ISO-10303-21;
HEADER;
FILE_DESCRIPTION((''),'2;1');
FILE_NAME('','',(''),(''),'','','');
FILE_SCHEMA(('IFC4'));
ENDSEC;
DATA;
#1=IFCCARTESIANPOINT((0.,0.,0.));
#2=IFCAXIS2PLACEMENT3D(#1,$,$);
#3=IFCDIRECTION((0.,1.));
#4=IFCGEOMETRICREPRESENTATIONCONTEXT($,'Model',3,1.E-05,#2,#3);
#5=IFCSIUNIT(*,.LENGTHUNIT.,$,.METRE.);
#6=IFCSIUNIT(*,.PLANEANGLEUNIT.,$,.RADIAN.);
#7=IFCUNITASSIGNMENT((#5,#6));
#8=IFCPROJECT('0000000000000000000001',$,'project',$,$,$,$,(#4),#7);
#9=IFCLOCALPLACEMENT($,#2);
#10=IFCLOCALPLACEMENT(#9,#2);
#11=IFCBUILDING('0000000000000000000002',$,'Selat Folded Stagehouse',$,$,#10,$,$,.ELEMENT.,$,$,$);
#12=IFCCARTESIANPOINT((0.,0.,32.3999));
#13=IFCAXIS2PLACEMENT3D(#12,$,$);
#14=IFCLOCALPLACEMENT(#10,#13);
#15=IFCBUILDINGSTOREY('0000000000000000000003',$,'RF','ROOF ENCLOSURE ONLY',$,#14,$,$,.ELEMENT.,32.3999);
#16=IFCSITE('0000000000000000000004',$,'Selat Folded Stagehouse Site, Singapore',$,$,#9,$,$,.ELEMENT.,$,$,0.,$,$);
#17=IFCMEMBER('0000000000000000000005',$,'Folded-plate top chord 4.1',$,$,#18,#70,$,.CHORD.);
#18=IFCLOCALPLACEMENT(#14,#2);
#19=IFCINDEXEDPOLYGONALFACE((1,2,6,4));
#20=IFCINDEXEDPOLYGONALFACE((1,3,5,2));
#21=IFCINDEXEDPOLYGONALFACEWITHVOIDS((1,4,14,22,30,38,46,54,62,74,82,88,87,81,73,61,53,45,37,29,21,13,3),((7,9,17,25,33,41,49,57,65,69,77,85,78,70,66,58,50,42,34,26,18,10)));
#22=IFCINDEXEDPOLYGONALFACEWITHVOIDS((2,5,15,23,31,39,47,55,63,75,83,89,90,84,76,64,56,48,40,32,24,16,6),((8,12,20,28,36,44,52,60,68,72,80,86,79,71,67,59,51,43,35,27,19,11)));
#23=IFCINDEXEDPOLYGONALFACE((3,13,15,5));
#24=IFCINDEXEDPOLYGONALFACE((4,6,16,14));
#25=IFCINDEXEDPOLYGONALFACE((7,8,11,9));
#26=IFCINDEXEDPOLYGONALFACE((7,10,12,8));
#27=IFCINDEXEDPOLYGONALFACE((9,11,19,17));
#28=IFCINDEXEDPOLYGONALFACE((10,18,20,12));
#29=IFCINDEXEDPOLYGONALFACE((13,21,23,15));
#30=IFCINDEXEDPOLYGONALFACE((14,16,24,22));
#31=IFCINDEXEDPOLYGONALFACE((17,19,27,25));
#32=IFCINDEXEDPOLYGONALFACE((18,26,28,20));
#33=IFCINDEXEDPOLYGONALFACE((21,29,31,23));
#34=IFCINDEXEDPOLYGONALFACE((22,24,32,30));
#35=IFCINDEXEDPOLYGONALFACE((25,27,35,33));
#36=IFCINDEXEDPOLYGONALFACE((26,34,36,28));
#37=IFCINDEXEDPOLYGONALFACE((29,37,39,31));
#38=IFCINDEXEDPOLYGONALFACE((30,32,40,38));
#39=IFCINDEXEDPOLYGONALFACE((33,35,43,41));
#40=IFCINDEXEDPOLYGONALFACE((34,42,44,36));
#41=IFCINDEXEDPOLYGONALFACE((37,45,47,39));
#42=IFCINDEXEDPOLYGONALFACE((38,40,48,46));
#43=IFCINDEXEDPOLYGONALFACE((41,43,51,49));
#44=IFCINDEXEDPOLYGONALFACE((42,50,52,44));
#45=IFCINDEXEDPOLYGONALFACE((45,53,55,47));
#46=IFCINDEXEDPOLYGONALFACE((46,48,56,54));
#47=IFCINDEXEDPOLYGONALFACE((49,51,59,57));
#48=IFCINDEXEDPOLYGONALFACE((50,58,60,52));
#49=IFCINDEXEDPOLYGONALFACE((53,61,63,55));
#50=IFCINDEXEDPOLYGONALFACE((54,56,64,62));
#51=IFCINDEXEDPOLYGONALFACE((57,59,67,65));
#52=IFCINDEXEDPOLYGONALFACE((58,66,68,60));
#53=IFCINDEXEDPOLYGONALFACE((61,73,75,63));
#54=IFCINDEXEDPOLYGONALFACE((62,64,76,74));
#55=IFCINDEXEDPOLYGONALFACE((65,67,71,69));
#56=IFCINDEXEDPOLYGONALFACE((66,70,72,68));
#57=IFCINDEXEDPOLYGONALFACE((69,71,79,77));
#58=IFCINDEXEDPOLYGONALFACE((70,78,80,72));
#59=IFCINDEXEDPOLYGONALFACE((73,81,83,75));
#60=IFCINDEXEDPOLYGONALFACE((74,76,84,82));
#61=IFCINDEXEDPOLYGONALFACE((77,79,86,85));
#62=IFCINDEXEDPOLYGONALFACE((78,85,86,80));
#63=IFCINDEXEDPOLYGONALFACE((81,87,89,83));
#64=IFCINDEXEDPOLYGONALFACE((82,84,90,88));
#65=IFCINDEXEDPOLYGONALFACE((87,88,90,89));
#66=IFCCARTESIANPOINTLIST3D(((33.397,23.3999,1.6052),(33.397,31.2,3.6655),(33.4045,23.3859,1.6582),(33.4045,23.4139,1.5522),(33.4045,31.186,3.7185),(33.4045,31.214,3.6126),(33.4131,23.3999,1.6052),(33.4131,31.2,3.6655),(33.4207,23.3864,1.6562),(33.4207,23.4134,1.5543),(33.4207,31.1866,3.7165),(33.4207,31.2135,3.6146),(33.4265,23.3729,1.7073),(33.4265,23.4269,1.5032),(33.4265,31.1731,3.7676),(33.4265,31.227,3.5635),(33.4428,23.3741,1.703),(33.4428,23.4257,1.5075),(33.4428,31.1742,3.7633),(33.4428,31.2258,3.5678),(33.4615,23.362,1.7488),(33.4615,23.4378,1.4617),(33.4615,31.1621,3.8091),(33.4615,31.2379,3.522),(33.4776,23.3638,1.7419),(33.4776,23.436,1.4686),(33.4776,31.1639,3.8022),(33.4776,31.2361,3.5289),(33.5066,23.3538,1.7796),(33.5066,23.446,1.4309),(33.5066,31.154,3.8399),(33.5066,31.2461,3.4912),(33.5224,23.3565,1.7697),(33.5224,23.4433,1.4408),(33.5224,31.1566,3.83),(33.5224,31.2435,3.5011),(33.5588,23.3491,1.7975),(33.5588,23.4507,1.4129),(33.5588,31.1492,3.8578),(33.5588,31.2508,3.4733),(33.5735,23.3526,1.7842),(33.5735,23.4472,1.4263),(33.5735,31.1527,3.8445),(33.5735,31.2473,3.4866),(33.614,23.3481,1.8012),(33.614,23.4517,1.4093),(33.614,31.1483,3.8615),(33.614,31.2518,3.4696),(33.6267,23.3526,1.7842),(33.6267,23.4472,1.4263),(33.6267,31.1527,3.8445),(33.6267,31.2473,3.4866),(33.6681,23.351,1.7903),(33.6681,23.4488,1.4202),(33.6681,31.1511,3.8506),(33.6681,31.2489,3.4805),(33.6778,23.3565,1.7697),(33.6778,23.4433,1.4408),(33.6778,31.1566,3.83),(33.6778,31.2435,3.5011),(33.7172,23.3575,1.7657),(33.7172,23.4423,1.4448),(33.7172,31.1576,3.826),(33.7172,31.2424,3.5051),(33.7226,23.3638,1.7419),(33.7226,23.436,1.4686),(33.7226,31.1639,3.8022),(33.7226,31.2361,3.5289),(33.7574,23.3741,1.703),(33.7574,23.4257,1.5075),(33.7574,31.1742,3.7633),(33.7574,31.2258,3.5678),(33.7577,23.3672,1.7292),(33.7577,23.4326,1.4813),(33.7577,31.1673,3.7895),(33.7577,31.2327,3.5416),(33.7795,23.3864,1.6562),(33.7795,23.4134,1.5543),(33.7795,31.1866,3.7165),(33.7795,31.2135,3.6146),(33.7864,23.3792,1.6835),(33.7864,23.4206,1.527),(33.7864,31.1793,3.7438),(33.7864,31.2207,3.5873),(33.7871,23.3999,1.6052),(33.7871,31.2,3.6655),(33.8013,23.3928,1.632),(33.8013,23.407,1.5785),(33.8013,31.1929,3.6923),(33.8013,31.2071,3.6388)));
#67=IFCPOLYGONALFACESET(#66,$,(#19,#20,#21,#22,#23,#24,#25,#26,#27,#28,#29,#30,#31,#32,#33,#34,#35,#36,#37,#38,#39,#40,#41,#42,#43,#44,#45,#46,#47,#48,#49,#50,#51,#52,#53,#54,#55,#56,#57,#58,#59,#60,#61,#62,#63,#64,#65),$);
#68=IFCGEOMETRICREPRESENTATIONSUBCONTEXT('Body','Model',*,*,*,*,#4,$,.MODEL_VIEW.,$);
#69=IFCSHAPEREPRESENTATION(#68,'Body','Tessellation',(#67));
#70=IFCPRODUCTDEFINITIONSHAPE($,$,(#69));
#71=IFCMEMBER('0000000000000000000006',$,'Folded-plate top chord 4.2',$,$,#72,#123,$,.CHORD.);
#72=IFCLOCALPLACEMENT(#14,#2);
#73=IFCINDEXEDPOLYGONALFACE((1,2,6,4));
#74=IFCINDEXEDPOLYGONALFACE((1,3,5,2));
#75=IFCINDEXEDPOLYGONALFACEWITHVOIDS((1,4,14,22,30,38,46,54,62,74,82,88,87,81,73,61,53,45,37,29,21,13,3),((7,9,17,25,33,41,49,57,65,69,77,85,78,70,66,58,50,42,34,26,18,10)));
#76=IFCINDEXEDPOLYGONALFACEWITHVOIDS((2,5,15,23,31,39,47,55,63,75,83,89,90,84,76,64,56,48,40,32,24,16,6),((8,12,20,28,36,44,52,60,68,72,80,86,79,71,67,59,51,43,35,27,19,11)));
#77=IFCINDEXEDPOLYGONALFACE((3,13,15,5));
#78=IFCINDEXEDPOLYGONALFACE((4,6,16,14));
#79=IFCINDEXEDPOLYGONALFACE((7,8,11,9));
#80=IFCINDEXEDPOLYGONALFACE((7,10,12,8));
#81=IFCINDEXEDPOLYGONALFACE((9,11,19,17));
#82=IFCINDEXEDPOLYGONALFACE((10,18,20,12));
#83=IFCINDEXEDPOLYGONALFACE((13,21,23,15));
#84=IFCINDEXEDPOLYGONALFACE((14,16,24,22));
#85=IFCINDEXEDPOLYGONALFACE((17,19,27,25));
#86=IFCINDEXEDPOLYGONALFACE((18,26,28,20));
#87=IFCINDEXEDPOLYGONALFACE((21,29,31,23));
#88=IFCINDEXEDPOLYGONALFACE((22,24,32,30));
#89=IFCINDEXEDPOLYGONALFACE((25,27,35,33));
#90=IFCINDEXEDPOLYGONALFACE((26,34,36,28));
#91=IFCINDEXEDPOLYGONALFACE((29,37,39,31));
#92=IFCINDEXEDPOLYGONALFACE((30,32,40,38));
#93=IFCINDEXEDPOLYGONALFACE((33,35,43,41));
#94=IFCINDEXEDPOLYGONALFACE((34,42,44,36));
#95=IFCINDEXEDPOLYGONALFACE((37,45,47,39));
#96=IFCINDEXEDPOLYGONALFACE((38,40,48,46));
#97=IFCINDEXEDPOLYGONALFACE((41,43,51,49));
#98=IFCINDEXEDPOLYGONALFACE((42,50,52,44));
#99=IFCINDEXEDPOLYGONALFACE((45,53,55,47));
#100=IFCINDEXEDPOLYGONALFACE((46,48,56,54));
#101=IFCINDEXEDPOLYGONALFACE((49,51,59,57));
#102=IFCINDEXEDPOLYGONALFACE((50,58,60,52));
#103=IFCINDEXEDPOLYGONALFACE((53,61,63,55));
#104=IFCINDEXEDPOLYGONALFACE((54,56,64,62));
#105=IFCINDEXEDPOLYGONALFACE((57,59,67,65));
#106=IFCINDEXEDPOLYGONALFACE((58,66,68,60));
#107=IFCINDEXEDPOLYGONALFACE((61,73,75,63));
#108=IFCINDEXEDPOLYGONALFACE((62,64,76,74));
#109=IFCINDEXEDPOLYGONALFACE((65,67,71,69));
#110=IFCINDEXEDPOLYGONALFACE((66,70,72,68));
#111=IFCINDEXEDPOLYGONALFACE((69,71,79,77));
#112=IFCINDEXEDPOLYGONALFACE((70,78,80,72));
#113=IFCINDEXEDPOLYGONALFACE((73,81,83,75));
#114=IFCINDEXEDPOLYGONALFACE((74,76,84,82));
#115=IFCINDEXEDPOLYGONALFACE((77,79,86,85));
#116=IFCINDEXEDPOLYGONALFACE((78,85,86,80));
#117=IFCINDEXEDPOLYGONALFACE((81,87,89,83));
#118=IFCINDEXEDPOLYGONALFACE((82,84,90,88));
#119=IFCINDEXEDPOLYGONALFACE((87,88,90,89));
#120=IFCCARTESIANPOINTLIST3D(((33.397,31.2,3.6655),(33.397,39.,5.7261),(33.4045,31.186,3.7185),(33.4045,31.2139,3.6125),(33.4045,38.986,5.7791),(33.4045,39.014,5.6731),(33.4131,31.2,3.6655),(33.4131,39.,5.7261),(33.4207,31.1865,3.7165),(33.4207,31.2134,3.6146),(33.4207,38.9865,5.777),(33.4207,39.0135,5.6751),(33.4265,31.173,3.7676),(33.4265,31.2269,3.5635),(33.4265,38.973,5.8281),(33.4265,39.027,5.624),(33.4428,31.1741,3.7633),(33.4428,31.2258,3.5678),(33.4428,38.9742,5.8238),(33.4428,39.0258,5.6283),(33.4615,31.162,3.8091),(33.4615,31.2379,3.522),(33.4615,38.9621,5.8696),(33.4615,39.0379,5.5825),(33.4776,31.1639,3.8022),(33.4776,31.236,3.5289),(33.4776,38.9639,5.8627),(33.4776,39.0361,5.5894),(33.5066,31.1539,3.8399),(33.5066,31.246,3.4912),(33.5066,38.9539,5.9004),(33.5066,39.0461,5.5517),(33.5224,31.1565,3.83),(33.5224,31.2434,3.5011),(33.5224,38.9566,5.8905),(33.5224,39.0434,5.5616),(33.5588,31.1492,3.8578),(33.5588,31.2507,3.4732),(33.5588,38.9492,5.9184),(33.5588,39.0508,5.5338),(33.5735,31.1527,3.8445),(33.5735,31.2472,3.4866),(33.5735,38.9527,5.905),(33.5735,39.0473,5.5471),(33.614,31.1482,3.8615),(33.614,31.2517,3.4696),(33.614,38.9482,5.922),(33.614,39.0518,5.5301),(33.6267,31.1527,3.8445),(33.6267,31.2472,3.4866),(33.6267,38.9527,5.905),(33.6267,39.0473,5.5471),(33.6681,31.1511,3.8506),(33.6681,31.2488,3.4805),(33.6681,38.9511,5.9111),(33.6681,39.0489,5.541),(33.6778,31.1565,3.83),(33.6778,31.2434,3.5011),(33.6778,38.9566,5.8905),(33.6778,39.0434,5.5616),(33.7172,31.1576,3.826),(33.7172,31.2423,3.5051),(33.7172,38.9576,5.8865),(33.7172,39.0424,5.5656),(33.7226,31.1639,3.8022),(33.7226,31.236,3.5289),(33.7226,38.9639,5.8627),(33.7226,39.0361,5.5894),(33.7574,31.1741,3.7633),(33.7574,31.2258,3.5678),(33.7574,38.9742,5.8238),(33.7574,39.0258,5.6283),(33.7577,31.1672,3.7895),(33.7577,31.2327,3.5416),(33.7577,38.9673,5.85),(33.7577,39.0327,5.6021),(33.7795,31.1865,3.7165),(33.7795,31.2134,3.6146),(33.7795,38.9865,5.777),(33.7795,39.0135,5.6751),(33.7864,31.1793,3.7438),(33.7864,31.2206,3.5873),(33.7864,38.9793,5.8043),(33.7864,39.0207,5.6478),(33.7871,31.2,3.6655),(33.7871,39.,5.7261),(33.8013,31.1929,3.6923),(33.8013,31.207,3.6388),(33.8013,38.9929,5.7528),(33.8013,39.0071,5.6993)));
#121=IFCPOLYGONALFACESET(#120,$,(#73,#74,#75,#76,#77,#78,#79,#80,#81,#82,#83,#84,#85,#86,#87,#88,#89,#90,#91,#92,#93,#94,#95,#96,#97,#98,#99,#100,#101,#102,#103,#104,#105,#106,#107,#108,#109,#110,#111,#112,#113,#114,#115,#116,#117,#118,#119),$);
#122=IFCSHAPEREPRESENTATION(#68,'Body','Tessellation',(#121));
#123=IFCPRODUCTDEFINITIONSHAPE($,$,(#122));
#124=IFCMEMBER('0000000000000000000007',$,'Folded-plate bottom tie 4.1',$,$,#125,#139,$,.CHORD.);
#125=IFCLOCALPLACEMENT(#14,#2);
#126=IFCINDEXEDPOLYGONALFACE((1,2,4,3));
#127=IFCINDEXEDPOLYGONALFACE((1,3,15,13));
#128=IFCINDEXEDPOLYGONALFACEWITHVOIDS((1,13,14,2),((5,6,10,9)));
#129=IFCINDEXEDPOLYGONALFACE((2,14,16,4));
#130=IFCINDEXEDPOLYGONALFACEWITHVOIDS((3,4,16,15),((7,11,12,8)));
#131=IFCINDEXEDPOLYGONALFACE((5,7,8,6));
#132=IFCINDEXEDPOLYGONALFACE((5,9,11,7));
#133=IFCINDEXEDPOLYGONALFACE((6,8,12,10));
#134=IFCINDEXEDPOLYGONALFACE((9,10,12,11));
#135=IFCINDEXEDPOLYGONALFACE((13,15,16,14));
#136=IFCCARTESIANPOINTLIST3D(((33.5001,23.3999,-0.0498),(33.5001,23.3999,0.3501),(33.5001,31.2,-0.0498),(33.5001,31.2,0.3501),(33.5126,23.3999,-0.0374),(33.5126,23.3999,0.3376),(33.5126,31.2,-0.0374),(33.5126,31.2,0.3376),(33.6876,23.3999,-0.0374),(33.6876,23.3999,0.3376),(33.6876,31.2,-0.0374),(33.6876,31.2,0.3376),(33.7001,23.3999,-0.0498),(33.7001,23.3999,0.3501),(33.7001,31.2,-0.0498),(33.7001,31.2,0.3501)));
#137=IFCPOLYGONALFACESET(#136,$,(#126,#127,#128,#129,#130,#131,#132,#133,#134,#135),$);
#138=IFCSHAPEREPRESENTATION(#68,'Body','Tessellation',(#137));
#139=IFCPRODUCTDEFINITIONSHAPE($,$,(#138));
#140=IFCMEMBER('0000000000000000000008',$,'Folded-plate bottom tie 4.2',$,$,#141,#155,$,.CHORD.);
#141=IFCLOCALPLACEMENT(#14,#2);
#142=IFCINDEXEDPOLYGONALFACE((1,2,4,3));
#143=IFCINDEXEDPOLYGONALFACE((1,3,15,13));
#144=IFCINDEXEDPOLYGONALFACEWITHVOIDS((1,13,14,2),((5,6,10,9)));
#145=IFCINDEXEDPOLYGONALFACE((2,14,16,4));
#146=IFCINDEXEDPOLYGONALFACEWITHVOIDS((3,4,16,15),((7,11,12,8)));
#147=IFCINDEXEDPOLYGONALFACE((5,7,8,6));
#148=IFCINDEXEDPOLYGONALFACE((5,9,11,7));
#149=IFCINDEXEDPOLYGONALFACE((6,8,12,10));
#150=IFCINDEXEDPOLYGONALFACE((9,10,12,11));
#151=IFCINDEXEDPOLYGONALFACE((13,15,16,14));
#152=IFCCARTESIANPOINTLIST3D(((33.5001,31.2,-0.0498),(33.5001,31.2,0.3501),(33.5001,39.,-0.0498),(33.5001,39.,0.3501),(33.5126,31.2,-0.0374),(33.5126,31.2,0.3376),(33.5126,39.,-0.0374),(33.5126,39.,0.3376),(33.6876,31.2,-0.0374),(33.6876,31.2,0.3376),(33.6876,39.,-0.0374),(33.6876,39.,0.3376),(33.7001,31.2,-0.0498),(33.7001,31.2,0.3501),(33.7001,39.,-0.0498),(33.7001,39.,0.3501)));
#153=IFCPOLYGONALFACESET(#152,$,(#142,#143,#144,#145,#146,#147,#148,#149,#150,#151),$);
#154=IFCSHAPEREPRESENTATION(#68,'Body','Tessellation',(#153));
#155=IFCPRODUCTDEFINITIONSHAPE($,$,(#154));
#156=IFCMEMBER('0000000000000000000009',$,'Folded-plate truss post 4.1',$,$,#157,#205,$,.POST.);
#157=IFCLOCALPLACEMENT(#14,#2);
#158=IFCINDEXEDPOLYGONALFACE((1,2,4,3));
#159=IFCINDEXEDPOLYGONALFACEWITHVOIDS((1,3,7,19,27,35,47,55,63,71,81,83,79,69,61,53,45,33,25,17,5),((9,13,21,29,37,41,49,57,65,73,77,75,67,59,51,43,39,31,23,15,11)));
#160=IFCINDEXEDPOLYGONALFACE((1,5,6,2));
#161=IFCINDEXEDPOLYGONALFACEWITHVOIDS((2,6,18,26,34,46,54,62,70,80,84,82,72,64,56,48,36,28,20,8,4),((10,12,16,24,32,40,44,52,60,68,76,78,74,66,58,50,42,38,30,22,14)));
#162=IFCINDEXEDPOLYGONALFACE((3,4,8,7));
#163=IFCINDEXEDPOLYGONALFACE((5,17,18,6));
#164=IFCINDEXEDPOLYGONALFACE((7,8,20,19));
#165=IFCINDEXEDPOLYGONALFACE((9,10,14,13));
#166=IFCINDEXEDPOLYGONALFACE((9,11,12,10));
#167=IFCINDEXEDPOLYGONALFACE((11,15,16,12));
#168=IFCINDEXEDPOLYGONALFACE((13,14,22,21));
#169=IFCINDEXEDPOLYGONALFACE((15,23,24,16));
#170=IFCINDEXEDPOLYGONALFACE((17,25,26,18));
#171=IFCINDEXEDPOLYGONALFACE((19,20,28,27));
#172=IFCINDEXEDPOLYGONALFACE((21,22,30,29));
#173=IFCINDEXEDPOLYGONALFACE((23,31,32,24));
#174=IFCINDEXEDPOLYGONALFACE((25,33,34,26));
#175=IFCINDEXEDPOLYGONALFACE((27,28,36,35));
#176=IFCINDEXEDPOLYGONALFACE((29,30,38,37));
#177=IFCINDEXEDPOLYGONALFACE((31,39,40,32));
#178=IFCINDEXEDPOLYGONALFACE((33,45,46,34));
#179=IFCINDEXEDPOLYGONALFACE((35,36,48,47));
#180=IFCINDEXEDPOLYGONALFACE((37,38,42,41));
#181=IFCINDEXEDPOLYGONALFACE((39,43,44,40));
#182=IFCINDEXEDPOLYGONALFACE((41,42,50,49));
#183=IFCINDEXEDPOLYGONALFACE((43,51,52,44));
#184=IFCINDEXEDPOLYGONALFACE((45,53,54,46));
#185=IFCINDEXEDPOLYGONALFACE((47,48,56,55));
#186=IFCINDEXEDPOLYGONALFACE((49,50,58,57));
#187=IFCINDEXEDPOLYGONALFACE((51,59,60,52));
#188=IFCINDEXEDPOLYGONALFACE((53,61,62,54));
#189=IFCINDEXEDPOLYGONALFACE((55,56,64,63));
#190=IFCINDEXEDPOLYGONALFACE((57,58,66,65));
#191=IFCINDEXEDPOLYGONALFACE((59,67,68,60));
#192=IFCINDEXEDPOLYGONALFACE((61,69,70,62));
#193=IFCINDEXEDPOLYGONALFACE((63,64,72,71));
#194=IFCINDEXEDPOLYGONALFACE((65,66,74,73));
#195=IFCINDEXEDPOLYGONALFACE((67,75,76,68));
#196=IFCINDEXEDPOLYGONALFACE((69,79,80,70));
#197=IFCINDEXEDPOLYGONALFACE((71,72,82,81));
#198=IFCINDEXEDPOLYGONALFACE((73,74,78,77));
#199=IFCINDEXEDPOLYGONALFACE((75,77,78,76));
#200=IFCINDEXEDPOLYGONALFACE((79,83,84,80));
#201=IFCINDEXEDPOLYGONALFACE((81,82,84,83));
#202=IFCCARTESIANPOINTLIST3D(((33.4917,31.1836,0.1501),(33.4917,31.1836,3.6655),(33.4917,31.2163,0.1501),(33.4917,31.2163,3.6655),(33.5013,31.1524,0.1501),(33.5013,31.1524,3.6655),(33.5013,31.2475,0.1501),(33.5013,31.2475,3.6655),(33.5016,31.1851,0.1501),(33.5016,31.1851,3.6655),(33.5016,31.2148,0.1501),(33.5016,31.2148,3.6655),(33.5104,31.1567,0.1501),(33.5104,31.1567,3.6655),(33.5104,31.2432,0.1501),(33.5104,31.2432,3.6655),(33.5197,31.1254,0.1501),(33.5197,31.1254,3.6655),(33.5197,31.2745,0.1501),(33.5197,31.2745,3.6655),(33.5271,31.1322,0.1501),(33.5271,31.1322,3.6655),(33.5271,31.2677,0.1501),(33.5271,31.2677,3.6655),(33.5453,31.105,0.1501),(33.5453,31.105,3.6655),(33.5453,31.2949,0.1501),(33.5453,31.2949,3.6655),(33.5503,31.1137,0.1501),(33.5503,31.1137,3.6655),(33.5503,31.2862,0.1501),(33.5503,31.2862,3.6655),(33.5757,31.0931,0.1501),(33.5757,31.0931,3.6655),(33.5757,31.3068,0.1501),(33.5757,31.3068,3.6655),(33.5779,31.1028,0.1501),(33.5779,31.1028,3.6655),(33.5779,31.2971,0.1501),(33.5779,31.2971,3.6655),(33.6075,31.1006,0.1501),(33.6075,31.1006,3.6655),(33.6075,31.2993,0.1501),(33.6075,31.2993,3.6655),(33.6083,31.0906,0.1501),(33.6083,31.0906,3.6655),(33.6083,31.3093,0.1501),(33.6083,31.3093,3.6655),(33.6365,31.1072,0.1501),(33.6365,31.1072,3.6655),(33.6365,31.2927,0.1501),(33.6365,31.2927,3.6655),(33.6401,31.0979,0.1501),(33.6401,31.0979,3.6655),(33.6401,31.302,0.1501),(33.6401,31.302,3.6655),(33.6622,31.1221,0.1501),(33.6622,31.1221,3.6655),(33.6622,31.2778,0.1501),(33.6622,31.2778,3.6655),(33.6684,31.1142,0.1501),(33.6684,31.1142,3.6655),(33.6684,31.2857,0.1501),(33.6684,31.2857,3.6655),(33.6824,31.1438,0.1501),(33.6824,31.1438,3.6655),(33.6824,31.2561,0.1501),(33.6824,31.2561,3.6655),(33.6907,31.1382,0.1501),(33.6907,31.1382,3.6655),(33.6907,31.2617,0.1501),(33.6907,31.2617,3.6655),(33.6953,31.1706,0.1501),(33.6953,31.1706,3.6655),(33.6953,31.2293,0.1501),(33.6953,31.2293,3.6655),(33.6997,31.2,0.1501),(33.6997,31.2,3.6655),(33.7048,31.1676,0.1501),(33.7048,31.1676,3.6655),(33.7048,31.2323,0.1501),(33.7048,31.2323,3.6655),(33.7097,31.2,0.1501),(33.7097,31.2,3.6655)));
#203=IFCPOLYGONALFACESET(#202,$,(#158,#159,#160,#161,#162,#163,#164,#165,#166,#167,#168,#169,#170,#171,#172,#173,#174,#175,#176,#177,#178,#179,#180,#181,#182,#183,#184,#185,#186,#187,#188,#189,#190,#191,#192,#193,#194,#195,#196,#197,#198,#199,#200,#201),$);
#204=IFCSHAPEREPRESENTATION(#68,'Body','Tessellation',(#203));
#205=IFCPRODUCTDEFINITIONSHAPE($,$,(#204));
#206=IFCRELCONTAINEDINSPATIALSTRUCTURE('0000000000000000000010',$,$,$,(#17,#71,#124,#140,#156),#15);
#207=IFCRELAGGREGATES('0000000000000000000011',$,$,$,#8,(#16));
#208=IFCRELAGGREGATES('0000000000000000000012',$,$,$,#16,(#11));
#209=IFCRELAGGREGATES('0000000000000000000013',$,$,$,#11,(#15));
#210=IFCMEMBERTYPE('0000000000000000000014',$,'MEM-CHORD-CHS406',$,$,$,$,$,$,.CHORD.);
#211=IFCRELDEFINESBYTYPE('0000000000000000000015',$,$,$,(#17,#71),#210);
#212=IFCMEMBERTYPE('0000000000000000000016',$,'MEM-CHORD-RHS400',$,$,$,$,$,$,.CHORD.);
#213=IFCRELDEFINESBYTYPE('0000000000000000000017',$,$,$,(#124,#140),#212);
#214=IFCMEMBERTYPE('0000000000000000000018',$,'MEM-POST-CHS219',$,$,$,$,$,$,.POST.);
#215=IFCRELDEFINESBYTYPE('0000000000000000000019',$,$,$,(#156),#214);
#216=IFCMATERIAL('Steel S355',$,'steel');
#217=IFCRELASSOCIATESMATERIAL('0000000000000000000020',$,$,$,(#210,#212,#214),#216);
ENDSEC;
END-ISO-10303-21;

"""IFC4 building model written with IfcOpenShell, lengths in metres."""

from ifc_helpers import new_model, si_unit, direction, frame, origin, origin_2d, place, context, subcontext, project, spatial, hollow_rectangle, hollow_circle, extrude, material, material_profile, profile_set, type_object, element, save


model = new_model("IFC4")

# Units and contexts
model_context = context("Model", 3, precision=1e-05, world=origin(), true_north=direction((0.0, 1.0)))
body_context = subcontext(model_context, "Body", "Model", "MODEL_VIEW")
ifc_project = project(units=[si_unit("LENGTHUNIT", "METRE"), si_unit("PLANEANGLEUNIT", "RADIAN")], contexts=[model_context])

# Site, building, storey
site_placement = place(None, origin())
site = spatial("IfcSite", under=ifc_project, at=site_placement, Name="Selat Folded Stagehouse Site, Singapore", CompositionType="ELEMENT", RefElevation=0.0)
building_placement = place(site_placement, origin())
building = spatial("IfcBuilding", under=site, at=building_placement, Name="Selat Folded Stagehouse", CompositionType="ELEMENT")
storey_placement = place(building_placement, frame((0.0, 0.0, 32.3999)))
storey = spatial("IfcBuildingStorey", under=building, at=storey_placement, Name="RF", Description="ROOF ENCLOSURE ONLY", CompositionType="ELEMENT", Elevation=32.3999)

# Shared definitions
ifc_material_1 = material(Name="Steel S355", Category="steel")

# Members
ifc_material_profile_1 = material_profile(ifc_material_1, hollow_circle(Radius=0.2031, WallThickness=0.0161, at=origin_2d()), Name="CHS 406.4x16.0")
ifc_profile_set_1 = profile_set([ifc_material_profile_1], Name="Steel S355")
member_type_1 = type_object("IfcMemberType", Name="MEM-CHORD-CHS406", PredefinedType="CHORD", material=ifc_profile_set_1)
for number, where, z_axis, x_axis, name in (
    (1, (33.6001, 23.3999, 1.6052), (0.0, 0.966841, 0.255381), (-1.0, 0.0, 0.0), "Folded-plate top chord 4.1"),
    (2, (33.6001, 31.2, 3.6655), (0.0, 0.966833, 0.255409), (-1.0, 0.0, 0.0), "Folded-plate top chord 4.2"),
):
    element("IfcMember", number, at=place(storey_placement, frame(where, z_axis=z_axis, x_axis=x_axis)), inside=storey, type_object=member_type_1, Name=name, PredefinedType="CHORD", context=body_context, shape_type="SweptSolid", body=[
        extrude(hollow_circle(Radius=0.2031, WallThickness=0.0161, at=origin_2d()), origin(), (0.0, 0.0, 1.0), 8.0676),
    ])
ifc_material_profile_2 = material_profile(ifc_material_1, hollow_rectangle(XDim=0.2, YDim=0.3999, WallThickness=0.0125, at=origin_2d()), Name="RHS 400x200x12.5")
ifc_profile_set_2 = profile_set([ifc_material_profile_2], Name="Steel S355")
member_type_2 = type_object("IfcMemberType", Name="MEM-CHORD-RHS400", PredefinedType="CHORD", material=ifc_profile_set_2)
for number, where, z_axis, x_axis, name in (
    (3, (33.6001, 23.3999, 0.1501), (0.0, 1.0, 0.0), (-1.0, 0.0, 0.0), "Folded-plate bottom tie 4.1"),
    (4, (33.6001, 31.2, 0.1501), (0.0, 1.0, 0.0), (-1.0, 0.0, 0.0), "Folded-plate bottom tie 4.2"),
):
    element("IfcMember", number, at=place(storey_placement, frame(where, z_axis=z_axis, x_axis=x_axis)), inside=storey, type_object=member_type_2, Name=name, PredefinedType="CHORD", context=body_context, shape_type="SweptSolid", body=[
        extrude(hollow_rectangle(XDim=0.2, YDim=0.3999, WallThickness=0.0125, at=origin_2d()), origin(), (0.0, 0.0, 1.0), 7.8),
    ])
ifc_material_profile_3 = material_profile(ifc_material_1, hollow_circle(Radius=0.1096, WallThickness=0.01, at=origin_2d()), Name="CHS 219.1x10.0")
ifc_profile_set_3 = profile_set([ifc_material_profile_3], Name="Steel S355")
member_type_3 = type_object("IfcMemberType", Name="MEM-POST-CHS219", PredefinedType="POST", material=ifc_profile_set_3)
member_1_placement = place(storey_placement, frame((33.6001, 31.2, 0.1501), z_axis=(0.0, 0.0, 1.0), x_axis=(1.0, 0.0, 0.0)))
element("IfcMember", 5, at=member_1_placement, inside=storey, type_object=member_type_3, Name="Folded-plate truss post 4.1", PredefinedType="POST", context=body_context, shape_type="SweptSolid", body=[
    extrude(hollow_circle(Radius=0.1096, WallThickness=0.01, at=origin_2d()), origin(), (0.0, 0.0, 1.0), 3.5154),
])

save(model, "model.ifc")
